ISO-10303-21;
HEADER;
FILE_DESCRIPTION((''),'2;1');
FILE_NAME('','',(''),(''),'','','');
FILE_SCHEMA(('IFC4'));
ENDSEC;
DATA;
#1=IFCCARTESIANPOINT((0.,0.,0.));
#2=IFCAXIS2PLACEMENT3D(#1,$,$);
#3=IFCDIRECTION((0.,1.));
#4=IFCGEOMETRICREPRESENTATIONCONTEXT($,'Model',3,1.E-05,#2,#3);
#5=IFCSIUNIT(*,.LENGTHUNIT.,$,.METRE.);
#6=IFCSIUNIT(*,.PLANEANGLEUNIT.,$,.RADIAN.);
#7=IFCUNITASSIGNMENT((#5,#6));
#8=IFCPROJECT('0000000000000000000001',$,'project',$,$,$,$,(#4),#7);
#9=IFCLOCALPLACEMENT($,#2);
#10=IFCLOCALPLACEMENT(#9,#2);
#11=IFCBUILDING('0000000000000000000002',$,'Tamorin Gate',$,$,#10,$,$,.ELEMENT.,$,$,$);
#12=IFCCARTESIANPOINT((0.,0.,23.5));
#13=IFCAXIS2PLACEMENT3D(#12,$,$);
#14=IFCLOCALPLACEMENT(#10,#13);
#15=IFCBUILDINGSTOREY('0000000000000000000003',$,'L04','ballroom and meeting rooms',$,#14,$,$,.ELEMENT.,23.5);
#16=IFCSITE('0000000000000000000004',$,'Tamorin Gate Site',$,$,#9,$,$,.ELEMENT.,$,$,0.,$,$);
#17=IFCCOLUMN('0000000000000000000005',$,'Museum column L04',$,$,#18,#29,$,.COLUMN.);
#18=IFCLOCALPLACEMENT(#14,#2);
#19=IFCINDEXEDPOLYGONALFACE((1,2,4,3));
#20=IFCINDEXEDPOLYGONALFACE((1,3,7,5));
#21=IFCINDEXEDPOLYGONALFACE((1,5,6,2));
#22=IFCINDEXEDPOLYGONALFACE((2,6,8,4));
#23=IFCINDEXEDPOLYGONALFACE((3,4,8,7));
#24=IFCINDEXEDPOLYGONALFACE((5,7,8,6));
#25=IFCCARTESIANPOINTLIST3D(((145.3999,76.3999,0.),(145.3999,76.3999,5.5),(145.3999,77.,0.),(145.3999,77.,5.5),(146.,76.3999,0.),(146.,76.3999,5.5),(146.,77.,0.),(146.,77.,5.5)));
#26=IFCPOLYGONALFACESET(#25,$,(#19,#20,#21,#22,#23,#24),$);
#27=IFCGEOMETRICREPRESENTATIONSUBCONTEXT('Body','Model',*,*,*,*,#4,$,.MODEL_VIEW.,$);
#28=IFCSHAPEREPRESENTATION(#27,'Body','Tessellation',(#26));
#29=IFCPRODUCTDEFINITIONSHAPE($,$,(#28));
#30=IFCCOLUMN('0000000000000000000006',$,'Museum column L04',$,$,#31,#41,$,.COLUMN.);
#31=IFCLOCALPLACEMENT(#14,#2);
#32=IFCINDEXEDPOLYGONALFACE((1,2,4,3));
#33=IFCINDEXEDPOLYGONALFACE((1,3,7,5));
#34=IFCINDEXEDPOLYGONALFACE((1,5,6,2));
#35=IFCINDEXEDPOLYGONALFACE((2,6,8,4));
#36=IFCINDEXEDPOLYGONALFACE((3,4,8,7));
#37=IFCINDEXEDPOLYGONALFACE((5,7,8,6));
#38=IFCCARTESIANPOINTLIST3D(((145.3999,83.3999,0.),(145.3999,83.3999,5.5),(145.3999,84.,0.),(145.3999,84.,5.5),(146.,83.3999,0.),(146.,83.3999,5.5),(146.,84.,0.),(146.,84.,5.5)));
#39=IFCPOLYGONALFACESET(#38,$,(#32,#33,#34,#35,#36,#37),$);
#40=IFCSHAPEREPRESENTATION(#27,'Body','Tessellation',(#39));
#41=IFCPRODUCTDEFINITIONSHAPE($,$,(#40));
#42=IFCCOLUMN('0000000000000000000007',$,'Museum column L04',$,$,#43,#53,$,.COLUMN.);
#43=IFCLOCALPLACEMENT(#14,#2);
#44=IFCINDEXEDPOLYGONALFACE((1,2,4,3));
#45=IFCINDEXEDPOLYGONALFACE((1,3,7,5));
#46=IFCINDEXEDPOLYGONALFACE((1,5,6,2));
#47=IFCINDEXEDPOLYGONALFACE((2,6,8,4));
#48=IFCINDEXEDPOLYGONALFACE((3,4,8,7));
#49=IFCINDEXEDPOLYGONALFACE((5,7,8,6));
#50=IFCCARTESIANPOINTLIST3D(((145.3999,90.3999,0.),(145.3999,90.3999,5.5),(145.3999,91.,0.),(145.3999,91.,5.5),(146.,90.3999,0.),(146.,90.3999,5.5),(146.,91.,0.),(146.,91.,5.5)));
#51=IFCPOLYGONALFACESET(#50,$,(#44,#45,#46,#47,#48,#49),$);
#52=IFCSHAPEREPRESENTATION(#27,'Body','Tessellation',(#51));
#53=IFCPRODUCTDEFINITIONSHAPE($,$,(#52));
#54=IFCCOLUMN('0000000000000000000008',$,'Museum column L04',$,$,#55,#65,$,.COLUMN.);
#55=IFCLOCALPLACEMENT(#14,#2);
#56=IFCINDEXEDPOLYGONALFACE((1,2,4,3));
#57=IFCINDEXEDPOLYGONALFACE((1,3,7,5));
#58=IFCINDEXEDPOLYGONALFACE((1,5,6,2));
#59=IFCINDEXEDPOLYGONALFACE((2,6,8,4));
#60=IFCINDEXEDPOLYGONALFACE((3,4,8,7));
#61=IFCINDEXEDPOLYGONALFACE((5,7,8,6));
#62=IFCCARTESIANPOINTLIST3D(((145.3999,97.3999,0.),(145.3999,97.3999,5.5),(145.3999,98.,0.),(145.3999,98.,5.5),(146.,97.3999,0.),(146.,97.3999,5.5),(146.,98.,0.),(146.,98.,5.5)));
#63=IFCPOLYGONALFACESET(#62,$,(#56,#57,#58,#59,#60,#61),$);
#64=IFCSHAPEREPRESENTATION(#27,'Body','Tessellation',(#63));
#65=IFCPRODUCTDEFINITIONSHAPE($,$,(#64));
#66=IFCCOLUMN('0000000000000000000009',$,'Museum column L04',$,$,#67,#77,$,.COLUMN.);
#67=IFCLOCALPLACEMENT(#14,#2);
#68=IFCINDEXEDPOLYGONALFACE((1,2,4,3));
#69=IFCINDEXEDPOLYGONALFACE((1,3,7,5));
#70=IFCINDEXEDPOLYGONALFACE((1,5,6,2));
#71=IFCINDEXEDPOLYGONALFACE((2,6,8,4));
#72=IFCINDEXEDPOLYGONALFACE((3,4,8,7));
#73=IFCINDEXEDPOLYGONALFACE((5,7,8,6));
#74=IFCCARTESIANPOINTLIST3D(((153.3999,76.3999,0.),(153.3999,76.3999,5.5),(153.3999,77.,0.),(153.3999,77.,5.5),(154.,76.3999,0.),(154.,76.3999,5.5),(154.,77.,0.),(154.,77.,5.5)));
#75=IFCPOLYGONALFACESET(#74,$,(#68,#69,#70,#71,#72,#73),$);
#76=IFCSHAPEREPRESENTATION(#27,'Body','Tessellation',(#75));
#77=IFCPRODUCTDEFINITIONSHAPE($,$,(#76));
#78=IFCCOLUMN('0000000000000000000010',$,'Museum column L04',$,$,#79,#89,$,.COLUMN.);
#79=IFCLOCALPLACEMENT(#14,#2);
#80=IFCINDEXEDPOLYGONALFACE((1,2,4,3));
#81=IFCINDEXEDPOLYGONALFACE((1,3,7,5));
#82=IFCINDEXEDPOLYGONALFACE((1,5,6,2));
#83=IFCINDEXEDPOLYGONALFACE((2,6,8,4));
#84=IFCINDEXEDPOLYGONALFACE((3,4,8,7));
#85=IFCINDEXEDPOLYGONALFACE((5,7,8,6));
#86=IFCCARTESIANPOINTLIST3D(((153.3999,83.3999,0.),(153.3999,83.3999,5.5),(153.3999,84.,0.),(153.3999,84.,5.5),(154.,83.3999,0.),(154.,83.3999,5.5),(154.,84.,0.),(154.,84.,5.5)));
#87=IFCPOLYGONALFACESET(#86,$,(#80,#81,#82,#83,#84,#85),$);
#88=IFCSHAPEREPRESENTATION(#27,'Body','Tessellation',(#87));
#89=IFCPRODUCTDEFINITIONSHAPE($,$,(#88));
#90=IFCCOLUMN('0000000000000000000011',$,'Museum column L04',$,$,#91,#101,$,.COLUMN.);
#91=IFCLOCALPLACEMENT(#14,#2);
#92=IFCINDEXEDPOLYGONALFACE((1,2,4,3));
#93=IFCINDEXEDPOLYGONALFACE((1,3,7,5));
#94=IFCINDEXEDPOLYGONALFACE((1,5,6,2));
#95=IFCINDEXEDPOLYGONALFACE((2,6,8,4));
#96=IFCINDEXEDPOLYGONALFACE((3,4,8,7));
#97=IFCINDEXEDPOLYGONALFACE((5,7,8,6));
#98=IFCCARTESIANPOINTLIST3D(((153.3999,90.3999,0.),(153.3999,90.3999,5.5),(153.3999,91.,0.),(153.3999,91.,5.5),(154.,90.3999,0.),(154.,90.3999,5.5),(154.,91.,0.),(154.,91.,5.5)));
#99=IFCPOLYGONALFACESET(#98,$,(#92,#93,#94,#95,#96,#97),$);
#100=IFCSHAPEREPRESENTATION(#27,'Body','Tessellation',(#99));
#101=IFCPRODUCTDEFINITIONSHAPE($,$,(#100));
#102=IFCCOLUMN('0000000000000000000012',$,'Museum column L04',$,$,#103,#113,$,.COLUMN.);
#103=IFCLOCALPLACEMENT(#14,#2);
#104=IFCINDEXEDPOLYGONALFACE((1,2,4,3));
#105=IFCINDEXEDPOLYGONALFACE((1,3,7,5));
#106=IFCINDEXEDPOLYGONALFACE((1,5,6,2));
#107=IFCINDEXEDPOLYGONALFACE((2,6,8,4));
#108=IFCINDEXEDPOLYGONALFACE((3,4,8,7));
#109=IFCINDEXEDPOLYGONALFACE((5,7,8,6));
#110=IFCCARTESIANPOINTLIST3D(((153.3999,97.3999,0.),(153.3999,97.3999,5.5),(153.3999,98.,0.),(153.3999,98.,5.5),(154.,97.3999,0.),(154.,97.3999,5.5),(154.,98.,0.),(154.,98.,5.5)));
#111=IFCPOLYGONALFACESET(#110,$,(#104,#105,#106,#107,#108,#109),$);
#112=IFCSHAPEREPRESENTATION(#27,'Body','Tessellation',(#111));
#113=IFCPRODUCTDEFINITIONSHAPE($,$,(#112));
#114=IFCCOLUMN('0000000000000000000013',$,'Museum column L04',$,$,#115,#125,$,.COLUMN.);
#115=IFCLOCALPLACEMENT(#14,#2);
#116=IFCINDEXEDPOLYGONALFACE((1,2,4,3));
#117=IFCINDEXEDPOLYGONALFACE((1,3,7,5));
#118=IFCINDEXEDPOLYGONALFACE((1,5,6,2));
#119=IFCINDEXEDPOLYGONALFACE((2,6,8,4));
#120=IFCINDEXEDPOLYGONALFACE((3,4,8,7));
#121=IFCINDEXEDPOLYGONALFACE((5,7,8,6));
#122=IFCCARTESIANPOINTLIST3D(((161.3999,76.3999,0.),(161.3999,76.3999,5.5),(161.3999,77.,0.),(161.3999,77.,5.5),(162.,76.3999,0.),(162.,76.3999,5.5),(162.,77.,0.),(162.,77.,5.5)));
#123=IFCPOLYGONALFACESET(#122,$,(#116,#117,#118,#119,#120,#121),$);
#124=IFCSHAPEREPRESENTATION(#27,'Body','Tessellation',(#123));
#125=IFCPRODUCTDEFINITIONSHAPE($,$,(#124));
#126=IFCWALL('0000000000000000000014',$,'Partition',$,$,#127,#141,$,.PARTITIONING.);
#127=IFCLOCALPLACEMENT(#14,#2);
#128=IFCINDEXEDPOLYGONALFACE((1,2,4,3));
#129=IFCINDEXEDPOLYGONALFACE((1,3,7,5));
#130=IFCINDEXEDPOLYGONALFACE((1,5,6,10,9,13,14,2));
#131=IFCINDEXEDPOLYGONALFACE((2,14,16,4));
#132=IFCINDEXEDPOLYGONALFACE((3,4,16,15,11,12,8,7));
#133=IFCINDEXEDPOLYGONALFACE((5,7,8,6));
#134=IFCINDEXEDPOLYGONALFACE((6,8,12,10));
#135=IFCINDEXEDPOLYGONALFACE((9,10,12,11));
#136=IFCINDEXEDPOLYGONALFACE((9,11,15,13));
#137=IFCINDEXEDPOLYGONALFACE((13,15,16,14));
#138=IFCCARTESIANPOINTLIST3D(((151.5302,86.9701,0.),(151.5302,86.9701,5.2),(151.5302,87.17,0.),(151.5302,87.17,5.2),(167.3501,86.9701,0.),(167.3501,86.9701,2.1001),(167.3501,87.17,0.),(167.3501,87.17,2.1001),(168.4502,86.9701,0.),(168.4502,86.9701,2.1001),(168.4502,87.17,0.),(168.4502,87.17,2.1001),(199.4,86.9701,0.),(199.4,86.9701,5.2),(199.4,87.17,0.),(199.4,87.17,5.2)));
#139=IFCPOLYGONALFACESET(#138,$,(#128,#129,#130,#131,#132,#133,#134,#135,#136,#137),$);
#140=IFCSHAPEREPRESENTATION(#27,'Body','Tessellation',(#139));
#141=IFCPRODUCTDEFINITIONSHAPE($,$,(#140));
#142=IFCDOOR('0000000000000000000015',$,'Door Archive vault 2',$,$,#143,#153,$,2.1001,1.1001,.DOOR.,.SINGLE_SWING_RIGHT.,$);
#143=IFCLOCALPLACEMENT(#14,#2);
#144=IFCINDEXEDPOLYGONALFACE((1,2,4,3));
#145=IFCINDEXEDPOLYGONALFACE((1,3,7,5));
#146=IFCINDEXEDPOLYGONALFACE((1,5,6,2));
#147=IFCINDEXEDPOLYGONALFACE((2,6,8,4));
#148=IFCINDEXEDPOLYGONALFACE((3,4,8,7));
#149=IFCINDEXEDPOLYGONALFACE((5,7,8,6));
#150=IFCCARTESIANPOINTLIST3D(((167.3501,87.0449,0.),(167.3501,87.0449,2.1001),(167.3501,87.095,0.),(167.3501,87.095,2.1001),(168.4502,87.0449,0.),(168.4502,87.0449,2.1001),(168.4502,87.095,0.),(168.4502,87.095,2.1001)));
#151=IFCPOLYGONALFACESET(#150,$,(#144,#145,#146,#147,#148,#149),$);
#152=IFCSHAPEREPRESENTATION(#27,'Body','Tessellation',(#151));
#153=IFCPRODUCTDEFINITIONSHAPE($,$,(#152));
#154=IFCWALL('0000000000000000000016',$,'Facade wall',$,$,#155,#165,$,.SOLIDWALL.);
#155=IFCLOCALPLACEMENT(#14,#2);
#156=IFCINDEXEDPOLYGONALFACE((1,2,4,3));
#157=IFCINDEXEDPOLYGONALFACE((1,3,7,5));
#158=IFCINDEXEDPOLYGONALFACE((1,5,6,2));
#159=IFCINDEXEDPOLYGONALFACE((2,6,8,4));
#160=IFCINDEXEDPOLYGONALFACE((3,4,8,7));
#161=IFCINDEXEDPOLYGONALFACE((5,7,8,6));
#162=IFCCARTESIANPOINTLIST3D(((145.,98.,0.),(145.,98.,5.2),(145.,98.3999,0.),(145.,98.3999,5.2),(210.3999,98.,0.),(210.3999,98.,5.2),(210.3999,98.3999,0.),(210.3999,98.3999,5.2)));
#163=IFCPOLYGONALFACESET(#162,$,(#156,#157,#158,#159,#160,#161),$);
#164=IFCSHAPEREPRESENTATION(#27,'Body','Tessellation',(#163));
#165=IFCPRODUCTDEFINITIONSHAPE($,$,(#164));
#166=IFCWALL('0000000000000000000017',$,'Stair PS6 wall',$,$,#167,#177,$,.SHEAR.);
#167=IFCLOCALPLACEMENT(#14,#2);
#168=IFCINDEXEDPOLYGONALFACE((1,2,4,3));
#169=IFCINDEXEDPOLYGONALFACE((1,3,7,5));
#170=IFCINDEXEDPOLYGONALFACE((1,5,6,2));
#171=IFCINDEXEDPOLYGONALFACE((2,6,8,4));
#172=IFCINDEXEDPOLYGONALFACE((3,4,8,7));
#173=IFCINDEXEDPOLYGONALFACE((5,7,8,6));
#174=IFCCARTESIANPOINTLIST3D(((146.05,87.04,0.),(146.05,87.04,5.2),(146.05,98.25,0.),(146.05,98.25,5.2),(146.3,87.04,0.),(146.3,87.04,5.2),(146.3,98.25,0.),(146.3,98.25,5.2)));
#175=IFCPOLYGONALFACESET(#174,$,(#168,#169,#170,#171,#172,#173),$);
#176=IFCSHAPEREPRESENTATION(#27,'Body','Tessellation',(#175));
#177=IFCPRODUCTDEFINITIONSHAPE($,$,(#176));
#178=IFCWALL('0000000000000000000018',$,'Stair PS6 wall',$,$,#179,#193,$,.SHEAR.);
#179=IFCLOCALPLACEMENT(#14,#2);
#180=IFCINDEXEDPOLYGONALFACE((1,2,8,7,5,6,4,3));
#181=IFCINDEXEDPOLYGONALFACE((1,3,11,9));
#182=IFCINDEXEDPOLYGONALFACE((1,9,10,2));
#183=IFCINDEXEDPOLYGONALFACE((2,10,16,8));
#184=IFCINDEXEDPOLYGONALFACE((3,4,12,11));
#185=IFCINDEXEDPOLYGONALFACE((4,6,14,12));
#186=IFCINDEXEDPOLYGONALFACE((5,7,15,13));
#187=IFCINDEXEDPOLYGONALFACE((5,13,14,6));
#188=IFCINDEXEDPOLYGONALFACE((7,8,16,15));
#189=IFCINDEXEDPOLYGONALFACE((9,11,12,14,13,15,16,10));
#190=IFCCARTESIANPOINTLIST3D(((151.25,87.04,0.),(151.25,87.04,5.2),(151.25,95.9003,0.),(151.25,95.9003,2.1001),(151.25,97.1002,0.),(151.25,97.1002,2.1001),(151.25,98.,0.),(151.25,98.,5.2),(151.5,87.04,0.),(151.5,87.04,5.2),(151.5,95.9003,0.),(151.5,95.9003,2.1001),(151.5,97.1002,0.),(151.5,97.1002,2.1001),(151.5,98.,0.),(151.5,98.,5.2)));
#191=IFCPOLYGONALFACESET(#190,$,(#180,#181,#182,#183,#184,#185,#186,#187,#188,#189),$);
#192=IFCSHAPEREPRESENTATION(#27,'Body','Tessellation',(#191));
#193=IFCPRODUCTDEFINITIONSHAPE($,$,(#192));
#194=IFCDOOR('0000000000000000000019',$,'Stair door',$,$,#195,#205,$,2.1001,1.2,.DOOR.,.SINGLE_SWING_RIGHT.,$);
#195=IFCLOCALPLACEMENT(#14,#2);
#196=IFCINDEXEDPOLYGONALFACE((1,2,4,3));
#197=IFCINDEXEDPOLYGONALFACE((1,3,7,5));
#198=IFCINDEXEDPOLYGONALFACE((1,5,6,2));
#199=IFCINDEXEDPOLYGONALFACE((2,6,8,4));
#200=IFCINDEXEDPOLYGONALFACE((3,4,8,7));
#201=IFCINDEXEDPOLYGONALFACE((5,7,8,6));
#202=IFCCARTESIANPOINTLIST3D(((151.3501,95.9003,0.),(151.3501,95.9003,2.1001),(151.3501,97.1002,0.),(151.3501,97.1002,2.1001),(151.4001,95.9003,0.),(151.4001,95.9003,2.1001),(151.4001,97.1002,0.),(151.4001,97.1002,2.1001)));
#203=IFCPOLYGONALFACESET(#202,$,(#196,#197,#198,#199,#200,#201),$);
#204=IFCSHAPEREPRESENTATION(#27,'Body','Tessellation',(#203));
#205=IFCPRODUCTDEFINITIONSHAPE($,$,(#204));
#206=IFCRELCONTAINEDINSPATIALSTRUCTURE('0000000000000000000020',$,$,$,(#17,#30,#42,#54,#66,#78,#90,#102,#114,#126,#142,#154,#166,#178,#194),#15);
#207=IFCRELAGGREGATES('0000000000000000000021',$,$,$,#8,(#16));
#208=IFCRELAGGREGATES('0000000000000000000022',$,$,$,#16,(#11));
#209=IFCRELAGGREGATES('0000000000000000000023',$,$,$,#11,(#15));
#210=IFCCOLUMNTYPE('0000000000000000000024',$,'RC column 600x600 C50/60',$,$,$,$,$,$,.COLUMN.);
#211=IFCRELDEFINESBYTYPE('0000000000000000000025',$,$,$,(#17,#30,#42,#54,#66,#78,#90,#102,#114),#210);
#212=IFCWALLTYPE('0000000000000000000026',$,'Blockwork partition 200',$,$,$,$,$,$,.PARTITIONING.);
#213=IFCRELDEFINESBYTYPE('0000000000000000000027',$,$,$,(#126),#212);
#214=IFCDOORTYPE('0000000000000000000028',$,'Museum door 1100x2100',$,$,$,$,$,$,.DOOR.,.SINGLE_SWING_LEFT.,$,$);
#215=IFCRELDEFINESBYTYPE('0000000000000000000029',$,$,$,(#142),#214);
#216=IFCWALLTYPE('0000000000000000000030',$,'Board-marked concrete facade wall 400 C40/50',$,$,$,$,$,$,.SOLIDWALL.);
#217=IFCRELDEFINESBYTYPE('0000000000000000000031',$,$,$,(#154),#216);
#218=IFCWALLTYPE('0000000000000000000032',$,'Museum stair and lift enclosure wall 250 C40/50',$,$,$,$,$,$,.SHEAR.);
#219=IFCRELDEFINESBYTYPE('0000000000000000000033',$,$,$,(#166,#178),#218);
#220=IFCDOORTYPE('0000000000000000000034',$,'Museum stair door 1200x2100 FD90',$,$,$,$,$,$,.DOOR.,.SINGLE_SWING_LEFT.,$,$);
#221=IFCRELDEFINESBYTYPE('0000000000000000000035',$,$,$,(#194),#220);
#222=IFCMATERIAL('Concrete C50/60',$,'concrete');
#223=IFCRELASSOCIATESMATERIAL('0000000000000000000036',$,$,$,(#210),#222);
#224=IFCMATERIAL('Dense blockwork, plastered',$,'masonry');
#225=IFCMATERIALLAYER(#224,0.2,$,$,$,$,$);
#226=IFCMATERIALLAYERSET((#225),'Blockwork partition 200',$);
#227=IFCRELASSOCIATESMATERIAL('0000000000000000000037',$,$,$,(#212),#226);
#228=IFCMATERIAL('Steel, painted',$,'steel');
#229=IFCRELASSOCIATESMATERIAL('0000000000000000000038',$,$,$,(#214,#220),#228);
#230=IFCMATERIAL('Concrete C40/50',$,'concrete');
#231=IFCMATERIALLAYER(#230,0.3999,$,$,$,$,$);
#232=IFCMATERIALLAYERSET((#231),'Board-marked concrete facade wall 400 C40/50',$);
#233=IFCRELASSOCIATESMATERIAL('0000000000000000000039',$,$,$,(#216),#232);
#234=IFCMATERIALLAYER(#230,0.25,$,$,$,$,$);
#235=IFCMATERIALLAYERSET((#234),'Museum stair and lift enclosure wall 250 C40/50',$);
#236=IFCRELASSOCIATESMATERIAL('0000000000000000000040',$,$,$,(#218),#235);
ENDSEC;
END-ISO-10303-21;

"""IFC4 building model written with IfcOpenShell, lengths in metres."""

from ifc_helpers import new_model, si_unit, direction, frame, frame_2d, origin, origin_2d, place, context, subcontext, project, spatial, rectangle, extrude, material, layer, layer_set, material_profile, profile_set, type_object, element, fill, save


model = new_model("IFC4")

# Units and contexts
model_context = context("Model", 3, precision=1e-05, world=origin(), true_north=direction((0.0, 1.0)))
body_context = subcontext(model_context, "Body", "Model", "MODEL_VIEW")
ifc_project = project(units=[si_unit("LENGTHUNIT", "METRE"), si_unit("PLANEANGLEUNIT", "RADIAN")], contexts=[model_context])

# Site, building, storey
site_placement = place(None, origin())
site = spatial("IfcSite", under=ifc_project, at=site_placement, Name="Tamorin Gate Site", CompositionType="ELEMENT", RefElevation=0.0)
building_placement = place(site_placement, origin())
building = spatial("IfcBuilding", under=site, at=building_placement, Name="Tamorin Gate", CompositionType="ELEMENT")
storey_placement = place(building_placement, frame((0.0, 0.0, 23.5)))
storey = spatial("IfcBuildingStorey", under=building, at=storey_placement, Name="L04", Description="ballroom and meeting rooms", CompositionType="ELEMENT", Elevation=23.5)

# Columns
ifc_material_1 = material(Name="Concrete C50/60", Category="concrete")
ifc_material_profile = material_profile(ifc_material_1, rectangle(XDim=0.6001, YDim=0.6001, at=origin_2d()))
ifc_profile_set = profile_set([ifc_material_profile], Name="Concrete C50/60")
column_type = type_object("IfcColumnType", Name="RC column 600x600 C50/60", PredefinedType="COLUMN", material=ifc_profile_set)
for number, where, z_axis, x_axis, name in (
    (1, (145.7, 76.7, 0.0), (0.0, 0.0, 1.0), (1.0, 0.0, 0.0), "Museum column L04"),
    (2, (145.7, 83.7, 0.0), (0.0, 0.0, 1.0), (1.0, 0.0, 0.0), "Museum column L04"),
    (3, (145.7, 90.7, 0.0), (0.0, 0.0, 1.0), (1.0, 0.0, 0.0), "Museum column L04"),
    (4, (145.7, 97.7, 0.0), (0.0, 0.0, 1.0), (1.0, 0.0, 0.0), "Museum column L04"),
    (5, (153.7, 76.7, 0.0), (0.0, 0.0, 1.0), (1.0, 0.0, 0.0), "Museum column L04"),
    (6, (153.7, 83.7, 0.0), (0.0, 0.0, 1.0), (1.0, 0.0, 0.0), "Museum column L04"),
    (7, (153.7, 90.7, 0.0), (0.0, 0.0, 1.0), (1.0, 0.0, 0.0), "Museum column L04"),
    (8, (153.7, 97.7, 0.0), (0.0, 0.0, 1.0), (1.0, 0.0, 0.0), "Museum column L04"),
    (9, (161.7, 76.7, 0.0), (0.0, 0.0, 1.0), (1.0, 0.0, 0.0), "Museum column L04"),
):
    element("IfcColumn", number, at=place(storey_placement, frame(where, z_axis=z_axis, x_axis=x_axis)), inside=storey, type_object=column_type, Name=name, PredefinedType="COLUMN", context=body_context, shape_type="SweptSolid", body=[
        extrude(rectangle(XDim=0.6001, YDim=0.6001, at=origin_2d()), origin(), (0.0, 0.0, 1.0), 5.5),
    ])

# Wall, opening, door
ifc_material_2 = material(Name="Dense blockwork, plastered", Category="masonry")
ifc_layer_1 = layer(ifc_material_2, 0.2)
ifc_layer_set_1 = layer_set([ifc_layer_1], Name="Blockwork partition 200")
wall_type_1 = type_object("IfcWallType", Name="Blockwork partition 200", PredefinedType="PARTITIONING", material=ifc_layer_set_1)
wall_1_placement = place(storey_placement, frame((151.53, 87.0701, 0.0), z_axis=(0.0, 0.0, 1.0), x_axis=(1.0, 0.0, 0.0)))
wall_1 = element("IfcWall", 10, at=wall_1_placement, inside=storey, type_object=wall_type_1, Name="Partition", PredefinedType="PARTITIONING", context=body_context, shape_type="SweptSolid", body=[
    extrude(rectangle(XDim=47.8699, YDim=0.2, at=frame_2d((23.9351, 0.0))), origin(), (0.0, 0.0, 1.0), 5.2),
])
opening_1_placement = place(wall_1_placement, frame((15.8201, 0.0, 0.0)))
opening_1 = element("IfcOpeningElement", 11, at=opening_1_placement, cuts=wall_1, PredefinedType="OPENING", context=body_context, shape_type="SweptSolid", body=[
    extrude(rectangle(XDim=1.1001, YDim=2.1001, at=frame_2d((0.55, 1.05))), frame((0.0, 0.1099, 0.0), z_axis=(0.0, -1.0, 0.0), x_axis=(1.0, 0.0, 0.0)), (0.0, 0.0, 1.0), 0.22),
])
ifc_material_3 = material(Name="Steel, painted", Category="steel")
door_type_1 = type_object("IfcDoorType", Name="Museum door 1100x2100", OperationType="SINGLE_SWING_LEFT", PredefinedType="DOOR", material=ifc_material_3)
door_1_placement = place(opening_1_placement, origin())
door_1 = element("IfcDoor", 12, at=door_1_placement, inside=storey, type_object=door_type_1, Name="Door Archive vault 2", OperationType="SINGLE_SWING_RIGHT", OverallHeight=2.1001, OverallWidth=1.1001, PredefinedType="DOOR", context=body_context, shape_type="SweptSolid", body=[
    extrude(rectangle(XDim=1.1001, YDim=2.1001, at=frame_2d((0.55, 1.05))), frame((0.0, 0.0249, 0.0), z_axis=(0.0, -1.0, 0.0), x_axis=(1.0, 0.0, 0.0)), (0.0, 0.0, 1.0), 0.05),
])
fill(opening_1, door_1)

# Walls
ifc_material_4 = material(Name="Concrete C40/50", Category="concrete")
ifc_layer_2 = layer(ifc_material_4, 0.3999)
ifc_layer_set_2 = layer_set([ifc_layer_2], Name="Board-marked concrete facade wall 400 C40/50")
wall_type_2 = type_object("IfcWallType", Name="Board-marked concrete facade wall 400 C40/50", PredefinedType="SOLIDWALL", material=ifc_layer_set_2)
wall_2_placement = place(storey_placement, frame((145.0, 98.2, 0.0), z_axis=(0.0, 0.0, 1.0), x_axis=(1.0, 0.0, 0.0)))
element("IfcWall", 13, at=wall_2_placement, inside=storey, type_object=wall_type_2, Name="Facade wall", PredefinedType="SOLIDWALL", context=body_context, shape_type="SweptSolid", body=[
    extrude(rectangle(XDim=65.3999, YDim=0.3999, at=frame_2d((32.7, 0.0))), origin(), (0.0, 0.0, 1.0), 5.2),
])
ifc_layer_3 = layer(ifc_material_4, 0.25)
ifc_layer_set_3 = layer_set([ifc_layer_3], Name="Museum stair and lift enclosure wall 250 C40/50")
wall_type_3 = type_object("IfcWallType", Name="Museum stair and lift enclosure wall 250 C40/50", PredefinedType="SHEAR", material=ifc_layer_set_3)
wall_3_placement = place(storey_placement, frame((146.175, 87.04, 0.0), z_axis=(0.0, 0.0, 1.0), x_axis=(0.0, 1.0, 0.0)))
element("IfcWall", 14, at=wall_3_placement, inside=storey, type_object=wall_type_3, Name="Stair PS6 wall", PredefinedType="SHEAR", context=body_context, shape_type="SweptSolid", body=[
    extrude(rectangle(XDim=11.21, YDim=0.25, at=frame_2d((5.605, 0.0))), origin(), (0.0, 0.0, 1.0), 5.2),
])

# Wall, opening, door
wall_4_placement = place(storey_placement, frame((151.375, 87.04, 0.0), z_axis=(0.0, 0.0, 1.0), x_axis=(0.0, 1.0, 0.0)))
wall_4 = element("IfcWall", 15, at=wall_4_placement, inside=storey, type_object=wall_type_3, Name="Stair PS6 wall", PredefinedType="SHEAR", context=body_context, shape_type="SweptSolid", body=[
    extrude(rectangle(XDim=10.96, YDim=0.25, at=frame_2d((5.48, 0.0))), origin(), (0.0, 0.0, 1.0), 5.2),
])
opening_2_placement = place(wall_4_placement, frame((8.8601, 0.0, 0.0)))
opening_2 = element("IfcOpeningElement", 16, at=opening_2_placement, cuts=wall_4, PredefinedType="OPENING", context=body_context, shape_type="SweptSolid", body=[
    extrude(rectangle(XDim=1.2, YDim=2.1001, at=frame_2d((0.6001, 1.05))), frame((0.0, 0.135, 0.0), z_axis=(0.0, -1.0, 0.0), x_axis=(1.0, 0.0, 0.0)), (0.0, 0.0, 1.0), 0.27),
])
door_type_2 = type_object("IfcDoorType", Name="Museum stair door 1200x2100 FD90", OperationType="SINGLE_SWING_LEFT", PredefinedType="DOOR", material=ifc_material_3)
door_2_placement = place(opening_2_placement, origin())
door_2 = element("IfcDoor", 17, at=door_2_placement, inside=storey, type_object=door_type_2, Name="Stair door", OperationType="SINGLE_SWING_RIGHT", OverallHeight=2.1001, OverallWidth=1.2, PredefinedType="DOOR", context=body_context, shape_type="SweptSolid", body=[
    extrude(rectangle(XDim=1.2, YDim=2.1001, at=frame_2d((0.6001, 1.05))), frame((0.0, 0.0249, 0.0), z_axis=(0.0, -1.0, 0.0), x_axis=(1.0, 0.0, 0.0)), (0.0, 0.0, 1.0), 0.05),
])
fill(opening_2, door_2)

save(model, "model.ifc")
